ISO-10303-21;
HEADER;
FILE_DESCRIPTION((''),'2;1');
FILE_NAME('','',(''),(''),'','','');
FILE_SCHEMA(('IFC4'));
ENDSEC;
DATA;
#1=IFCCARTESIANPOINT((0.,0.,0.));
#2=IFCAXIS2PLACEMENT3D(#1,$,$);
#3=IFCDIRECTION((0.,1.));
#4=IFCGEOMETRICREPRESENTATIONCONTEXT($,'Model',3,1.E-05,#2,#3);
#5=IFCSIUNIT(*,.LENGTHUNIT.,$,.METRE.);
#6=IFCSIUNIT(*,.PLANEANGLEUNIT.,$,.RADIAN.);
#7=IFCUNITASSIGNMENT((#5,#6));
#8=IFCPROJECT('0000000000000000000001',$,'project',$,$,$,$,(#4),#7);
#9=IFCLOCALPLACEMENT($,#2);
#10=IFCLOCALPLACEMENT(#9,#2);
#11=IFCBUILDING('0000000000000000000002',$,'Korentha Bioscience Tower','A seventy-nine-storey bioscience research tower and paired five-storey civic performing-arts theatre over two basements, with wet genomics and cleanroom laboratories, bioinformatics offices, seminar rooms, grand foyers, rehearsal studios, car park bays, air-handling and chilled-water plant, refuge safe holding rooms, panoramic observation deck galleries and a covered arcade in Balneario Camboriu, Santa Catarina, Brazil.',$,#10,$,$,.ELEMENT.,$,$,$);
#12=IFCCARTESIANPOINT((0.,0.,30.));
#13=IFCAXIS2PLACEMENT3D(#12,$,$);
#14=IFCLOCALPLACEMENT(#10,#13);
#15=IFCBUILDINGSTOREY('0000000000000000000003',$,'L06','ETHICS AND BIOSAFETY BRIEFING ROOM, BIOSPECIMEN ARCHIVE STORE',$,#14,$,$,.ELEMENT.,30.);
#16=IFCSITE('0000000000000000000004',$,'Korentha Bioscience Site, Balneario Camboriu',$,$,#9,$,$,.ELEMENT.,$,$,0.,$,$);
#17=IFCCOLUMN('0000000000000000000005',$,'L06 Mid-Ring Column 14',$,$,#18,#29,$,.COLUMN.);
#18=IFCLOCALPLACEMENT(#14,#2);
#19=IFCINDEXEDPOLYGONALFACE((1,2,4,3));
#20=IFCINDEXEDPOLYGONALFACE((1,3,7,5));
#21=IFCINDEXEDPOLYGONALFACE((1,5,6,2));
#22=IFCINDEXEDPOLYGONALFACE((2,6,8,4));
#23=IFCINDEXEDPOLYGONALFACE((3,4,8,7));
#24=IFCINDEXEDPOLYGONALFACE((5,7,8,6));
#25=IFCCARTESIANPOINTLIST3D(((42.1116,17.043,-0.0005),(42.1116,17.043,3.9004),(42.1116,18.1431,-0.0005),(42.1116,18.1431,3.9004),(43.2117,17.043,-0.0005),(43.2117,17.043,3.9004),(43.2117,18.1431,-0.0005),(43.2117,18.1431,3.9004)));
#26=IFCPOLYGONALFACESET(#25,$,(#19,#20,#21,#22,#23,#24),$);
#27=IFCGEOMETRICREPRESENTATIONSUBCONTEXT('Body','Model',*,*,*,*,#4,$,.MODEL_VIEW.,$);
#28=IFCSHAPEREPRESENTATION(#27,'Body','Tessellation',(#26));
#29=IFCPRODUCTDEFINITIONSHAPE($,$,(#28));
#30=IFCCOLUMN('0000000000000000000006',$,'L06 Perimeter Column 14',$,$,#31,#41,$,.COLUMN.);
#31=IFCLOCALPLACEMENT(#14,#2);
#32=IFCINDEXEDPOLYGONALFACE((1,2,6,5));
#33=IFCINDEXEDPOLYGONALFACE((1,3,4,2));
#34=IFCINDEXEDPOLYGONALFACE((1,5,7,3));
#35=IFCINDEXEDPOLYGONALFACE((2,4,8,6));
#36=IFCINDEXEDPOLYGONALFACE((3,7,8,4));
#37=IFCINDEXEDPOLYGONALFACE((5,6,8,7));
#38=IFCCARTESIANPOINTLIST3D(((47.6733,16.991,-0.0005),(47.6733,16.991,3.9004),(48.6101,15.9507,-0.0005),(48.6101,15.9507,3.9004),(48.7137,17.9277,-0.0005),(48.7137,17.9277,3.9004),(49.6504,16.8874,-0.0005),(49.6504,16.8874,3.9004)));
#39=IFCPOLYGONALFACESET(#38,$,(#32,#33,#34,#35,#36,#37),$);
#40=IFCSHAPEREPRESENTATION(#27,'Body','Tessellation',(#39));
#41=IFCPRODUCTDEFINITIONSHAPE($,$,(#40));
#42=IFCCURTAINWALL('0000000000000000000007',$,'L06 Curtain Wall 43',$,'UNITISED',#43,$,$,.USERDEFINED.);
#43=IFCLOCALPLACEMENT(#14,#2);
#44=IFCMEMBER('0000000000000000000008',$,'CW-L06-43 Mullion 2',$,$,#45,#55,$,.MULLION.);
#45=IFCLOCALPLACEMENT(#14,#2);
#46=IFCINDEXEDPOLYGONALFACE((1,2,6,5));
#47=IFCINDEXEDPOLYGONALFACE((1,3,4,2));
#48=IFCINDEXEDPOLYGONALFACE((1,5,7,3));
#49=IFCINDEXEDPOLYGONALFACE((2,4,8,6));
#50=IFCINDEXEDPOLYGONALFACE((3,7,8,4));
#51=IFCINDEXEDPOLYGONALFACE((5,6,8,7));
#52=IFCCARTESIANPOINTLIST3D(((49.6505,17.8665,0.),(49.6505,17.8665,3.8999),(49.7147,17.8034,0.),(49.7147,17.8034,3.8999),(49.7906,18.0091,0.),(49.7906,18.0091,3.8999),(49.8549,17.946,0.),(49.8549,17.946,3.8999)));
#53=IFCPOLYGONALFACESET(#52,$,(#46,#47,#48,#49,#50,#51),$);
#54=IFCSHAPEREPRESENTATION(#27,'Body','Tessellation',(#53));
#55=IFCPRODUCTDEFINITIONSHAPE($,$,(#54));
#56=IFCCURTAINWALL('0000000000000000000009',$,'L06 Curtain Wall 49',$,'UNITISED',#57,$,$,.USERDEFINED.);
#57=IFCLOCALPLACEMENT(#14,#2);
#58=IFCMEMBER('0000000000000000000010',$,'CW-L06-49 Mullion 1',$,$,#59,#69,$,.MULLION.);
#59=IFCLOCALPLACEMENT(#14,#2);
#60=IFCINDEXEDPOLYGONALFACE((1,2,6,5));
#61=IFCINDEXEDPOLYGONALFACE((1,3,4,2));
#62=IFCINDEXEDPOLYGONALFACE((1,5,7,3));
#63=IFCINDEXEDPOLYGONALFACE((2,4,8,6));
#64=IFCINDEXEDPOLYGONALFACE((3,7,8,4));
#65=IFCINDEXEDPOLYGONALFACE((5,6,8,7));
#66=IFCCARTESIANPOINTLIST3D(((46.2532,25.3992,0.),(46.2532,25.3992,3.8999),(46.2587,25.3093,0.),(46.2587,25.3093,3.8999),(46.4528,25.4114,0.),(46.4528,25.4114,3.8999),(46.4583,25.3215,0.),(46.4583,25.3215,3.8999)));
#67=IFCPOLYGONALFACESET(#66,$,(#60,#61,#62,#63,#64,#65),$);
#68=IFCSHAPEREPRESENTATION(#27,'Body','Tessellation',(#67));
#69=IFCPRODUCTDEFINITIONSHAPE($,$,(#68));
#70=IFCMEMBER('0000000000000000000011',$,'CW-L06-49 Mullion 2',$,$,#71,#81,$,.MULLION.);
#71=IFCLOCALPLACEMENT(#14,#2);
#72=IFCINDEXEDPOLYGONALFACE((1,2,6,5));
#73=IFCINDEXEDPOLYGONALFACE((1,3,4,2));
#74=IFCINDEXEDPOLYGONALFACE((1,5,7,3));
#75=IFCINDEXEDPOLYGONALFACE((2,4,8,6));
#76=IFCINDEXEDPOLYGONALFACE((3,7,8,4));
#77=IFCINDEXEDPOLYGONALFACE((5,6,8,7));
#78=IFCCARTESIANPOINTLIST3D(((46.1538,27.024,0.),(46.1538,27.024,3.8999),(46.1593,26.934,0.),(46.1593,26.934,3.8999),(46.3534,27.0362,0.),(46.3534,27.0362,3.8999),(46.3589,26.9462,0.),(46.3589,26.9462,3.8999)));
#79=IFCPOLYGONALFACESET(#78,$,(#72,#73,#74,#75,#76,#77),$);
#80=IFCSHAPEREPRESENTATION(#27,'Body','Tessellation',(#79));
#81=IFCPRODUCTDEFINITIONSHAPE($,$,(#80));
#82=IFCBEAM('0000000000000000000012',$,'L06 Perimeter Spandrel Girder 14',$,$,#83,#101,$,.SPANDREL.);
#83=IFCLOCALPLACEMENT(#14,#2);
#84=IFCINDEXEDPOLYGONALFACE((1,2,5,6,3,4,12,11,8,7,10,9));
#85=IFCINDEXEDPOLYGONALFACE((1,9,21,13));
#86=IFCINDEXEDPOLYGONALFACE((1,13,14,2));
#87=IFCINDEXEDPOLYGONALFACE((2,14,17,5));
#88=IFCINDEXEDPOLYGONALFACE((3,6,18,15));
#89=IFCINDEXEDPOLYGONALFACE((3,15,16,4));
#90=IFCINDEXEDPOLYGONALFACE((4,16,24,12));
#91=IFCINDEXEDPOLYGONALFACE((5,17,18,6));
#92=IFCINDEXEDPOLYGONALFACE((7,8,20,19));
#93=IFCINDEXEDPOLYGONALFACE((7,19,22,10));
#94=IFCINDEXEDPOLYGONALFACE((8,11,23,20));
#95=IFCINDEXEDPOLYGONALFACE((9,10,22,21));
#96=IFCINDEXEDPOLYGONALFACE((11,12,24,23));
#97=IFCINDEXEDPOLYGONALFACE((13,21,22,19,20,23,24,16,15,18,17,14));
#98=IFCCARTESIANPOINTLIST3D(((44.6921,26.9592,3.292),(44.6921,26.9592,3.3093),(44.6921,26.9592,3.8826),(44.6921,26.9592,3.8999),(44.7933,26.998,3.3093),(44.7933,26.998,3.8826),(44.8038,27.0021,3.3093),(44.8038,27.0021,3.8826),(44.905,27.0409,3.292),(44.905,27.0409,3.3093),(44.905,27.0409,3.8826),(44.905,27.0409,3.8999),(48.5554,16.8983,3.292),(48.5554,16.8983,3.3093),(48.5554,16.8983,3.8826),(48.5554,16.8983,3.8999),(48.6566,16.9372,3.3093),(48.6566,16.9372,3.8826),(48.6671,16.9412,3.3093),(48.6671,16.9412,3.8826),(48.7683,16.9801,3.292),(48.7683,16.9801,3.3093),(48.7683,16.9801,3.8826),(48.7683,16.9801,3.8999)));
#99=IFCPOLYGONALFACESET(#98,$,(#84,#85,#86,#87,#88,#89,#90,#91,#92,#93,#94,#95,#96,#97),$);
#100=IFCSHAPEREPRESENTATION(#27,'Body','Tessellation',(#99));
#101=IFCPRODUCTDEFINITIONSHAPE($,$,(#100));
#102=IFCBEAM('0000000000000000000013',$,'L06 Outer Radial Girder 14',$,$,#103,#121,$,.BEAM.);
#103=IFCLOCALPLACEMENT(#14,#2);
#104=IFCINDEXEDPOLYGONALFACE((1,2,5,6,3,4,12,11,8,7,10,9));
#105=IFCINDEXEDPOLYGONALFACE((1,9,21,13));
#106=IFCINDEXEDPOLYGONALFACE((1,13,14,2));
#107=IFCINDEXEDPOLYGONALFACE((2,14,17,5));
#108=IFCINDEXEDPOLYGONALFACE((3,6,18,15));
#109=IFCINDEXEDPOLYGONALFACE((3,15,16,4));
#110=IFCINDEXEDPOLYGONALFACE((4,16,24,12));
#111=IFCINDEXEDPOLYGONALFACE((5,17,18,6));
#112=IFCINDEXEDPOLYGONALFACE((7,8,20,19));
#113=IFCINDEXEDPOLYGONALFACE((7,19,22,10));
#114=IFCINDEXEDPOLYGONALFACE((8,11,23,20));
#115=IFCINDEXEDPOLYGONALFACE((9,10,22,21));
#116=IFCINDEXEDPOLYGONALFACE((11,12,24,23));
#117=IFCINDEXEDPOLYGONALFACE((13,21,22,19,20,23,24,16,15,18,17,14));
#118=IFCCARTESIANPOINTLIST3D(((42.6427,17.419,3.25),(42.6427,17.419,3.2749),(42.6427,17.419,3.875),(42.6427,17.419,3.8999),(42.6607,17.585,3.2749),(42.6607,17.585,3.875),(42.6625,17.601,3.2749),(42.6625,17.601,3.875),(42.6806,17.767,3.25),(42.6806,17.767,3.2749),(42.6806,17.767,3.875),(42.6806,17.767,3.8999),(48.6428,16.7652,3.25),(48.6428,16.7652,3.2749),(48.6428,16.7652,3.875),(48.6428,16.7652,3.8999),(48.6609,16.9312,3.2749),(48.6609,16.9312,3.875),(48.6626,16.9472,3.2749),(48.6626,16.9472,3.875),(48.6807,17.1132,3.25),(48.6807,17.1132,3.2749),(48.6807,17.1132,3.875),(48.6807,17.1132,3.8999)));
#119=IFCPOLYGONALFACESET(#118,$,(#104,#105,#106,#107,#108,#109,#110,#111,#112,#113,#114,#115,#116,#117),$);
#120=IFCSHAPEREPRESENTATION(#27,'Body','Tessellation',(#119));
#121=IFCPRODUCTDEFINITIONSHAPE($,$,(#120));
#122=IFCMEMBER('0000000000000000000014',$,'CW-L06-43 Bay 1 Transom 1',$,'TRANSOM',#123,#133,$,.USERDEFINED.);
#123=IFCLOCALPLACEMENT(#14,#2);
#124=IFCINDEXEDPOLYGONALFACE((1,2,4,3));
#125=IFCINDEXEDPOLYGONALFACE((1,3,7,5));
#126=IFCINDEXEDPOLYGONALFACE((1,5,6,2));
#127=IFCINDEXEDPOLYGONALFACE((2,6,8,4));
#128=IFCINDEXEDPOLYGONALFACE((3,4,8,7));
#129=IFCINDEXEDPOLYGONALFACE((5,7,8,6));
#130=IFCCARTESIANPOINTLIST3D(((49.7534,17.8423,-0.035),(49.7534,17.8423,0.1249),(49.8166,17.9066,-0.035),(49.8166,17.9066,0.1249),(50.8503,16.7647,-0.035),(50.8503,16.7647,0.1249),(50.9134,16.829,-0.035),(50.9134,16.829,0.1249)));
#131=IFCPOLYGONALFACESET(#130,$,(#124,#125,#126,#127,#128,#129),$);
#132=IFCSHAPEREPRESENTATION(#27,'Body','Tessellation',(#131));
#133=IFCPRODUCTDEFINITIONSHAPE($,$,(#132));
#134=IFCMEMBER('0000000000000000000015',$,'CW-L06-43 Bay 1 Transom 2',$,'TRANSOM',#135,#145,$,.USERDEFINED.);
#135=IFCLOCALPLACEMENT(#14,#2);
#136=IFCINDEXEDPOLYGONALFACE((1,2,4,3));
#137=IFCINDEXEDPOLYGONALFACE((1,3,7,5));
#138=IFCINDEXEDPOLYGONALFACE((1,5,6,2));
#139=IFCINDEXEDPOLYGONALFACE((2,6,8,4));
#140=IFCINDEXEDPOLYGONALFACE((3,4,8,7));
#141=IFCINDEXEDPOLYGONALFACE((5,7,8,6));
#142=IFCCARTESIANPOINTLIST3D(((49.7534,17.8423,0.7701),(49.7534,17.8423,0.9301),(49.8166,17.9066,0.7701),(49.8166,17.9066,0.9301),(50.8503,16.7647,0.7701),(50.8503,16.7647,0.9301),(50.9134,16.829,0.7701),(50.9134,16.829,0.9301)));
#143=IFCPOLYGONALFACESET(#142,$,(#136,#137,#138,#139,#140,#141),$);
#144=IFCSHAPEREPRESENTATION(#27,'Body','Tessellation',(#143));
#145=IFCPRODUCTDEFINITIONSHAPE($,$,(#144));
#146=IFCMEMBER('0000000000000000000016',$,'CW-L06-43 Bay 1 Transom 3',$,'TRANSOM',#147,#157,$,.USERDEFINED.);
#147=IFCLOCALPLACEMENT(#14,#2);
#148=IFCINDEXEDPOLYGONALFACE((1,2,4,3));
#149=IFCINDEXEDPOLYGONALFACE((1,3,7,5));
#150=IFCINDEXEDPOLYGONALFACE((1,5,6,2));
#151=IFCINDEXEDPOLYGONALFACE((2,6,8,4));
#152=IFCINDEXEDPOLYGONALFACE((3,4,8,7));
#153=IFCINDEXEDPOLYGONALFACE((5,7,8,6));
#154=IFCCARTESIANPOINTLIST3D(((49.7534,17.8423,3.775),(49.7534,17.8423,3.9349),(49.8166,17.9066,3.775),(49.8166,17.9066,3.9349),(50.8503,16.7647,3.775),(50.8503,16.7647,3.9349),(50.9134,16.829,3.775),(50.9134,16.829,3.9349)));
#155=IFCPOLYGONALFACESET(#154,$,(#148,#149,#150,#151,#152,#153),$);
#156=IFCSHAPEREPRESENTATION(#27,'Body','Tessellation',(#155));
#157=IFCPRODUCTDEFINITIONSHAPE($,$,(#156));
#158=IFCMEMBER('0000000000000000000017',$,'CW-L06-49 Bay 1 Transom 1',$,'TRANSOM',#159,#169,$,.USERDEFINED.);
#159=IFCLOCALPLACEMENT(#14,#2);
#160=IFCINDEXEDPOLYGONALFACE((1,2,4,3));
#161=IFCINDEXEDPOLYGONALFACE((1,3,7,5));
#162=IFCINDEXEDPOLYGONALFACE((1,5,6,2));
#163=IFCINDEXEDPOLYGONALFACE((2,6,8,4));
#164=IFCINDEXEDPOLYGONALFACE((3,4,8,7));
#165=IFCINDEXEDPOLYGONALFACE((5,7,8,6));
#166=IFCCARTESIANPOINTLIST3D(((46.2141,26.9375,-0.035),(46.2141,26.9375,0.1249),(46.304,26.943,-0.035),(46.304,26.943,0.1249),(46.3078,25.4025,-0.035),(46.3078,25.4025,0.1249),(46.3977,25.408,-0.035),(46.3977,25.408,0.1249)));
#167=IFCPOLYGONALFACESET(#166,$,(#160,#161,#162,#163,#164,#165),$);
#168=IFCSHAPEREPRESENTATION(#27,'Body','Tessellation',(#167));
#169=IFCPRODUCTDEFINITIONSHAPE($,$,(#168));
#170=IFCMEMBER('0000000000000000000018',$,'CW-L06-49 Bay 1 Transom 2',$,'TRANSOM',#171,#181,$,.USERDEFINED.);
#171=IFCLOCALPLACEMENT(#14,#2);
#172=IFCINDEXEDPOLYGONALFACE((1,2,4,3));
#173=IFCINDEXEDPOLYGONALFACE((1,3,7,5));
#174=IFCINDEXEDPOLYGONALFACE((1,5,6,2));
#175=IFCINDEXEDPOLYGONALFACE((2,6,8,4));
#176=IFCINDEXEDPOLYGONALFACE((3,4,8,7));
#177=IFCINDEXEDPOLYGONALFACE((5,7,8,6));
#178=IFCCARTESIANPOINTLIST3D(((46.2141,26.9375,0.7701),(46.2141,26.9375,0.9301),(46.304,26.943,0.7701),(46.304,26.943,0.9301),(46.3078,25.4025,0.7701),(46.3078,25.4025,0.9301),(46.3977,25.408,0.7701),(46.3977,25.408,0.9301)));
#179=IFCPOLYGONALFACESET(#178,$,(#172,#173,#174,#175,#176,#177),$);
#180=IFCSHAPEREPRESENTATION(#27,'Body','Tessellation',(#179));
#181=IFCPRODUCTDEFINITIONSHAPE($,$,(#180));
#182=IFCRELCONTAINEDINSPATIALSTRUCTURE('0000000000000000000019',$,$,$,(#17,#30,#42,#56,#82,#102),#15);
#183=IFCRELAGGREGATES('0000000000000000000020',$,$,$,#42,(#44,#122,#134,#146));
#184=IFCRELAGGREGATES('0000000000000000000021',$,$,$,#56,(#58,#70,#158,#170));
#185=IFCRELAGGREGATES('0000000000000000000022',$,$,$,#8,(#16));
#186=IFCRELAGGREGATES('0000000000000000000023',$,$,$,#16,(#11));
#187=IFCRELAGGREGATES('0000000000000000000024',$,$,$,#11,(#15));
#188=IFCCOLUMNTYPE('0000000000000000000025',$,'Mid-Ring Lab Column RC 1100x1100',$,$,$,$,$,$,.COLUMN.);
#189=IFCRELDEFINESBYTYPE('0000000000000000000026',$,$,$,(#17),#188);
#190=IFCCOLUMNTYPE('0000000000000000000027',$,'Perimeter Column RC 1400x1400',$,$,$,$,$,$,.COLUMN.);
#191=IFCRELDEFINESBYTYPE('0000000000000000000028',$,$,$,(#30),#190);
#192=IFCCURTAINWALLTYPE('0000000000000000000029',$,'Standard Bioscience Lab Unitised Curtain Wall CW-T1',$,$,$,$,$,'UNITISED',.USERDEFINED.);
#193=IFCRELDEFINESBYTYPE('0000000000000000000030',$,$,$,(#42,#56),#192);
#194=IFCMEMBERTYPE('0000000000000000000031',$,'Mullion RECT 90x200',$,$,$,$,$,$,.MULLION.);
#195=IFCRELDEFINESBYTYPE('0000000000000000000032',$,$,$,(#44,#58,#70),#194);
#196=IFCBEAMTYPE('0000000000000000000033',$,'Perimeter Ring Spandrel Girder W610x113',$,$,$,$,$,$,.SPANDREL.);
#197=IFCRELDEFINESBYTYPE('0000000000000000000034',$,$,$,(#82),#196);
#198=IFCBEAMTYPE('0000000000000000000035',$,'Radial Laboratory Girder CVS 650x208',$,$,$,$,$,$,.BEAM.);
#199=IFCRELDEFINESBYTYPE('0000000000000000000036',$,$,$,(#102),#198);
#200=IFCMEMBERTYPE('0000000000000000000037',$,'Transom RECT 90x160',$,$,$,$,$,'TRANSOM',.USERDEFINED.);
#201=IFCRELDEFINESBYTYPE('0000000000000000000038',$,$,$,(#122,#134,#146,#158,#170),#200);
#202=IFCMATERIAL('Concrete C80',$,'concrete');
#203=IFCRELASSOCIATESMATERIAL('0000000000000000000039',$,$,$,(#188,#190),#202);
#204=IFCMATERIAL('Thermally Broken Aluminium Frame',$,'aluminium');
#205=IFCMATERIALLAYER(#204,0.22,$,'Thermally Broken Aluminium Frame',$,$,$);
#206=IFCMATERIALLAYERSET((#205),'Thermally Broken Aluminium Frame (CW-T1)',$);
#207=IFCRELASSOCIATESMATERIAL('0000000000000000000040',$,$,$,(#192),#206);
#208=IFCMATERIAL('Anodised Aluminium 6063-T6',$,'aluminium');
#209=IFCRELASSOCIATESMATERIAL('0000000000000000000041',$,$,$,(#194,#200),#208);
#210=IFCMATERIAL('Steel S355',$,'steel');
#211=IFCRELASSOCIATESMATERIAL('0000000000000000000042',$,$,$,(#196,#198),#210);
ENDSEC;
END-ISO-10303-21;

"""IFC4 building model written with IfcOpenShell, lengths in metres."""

from ifc_helpers import new_model, si_unit, direction, frame, origin, origin_2d, place, context, subcontext, project, spatial, rectangle, i_section, extrude, material, layer, layer_set, material_profile, profile_set, type_object, element, aggregate, save


model = new_model("IFC4")

# Units and contexts
model_context = context("Model", 3, precision=1e-05, world=origin(), true_north=direction((0.0, 1.0)))
body_context = subcontext(model_context, "Body", "Model", "MODEL_VIEW")
ifc_project = project(units=[si_unit("LENGTHUNIT", "METRE"), si_unit("PLANEANGLEUNIT", "RADIAN")], contexts=[model_context])

# Site, building, storey
site_placement = place(None, origin())
site = spatial("IfcSite", under=ifc_project, at=site_placement, Name="Korentha Bioscience Site, Balneario Camboriu", CompositionType="ELEMENT", RefElevation=0.0)
building_placement = place(site_placement, origin())
building = spatial("IfcBuilding", under=site, at=building_placement, Name="Korentha Bioscience Tower", Description="A seventy-nine-storey bioscience research tower and paired five-storey civic performing-arts theatre over two basements, with wet genomics and cleanroom laboratories, bioinformatics offices, seminar rooms, grand foyers, rehearsal studios, car park bays, air-handling and chilled-water plant, refuge safe holding rooms, panoramic observation deck galleries and a covered arcade in Balneario Camboriu, Santa Catarina, Brazil.", CompositionType="ELEMENT")
storey_placement = place(building_placement, frame((0.0, 0.0, 30.0)))
storey = spatial("IfcBuildingStorey", under=building, at=storey_placement, Name="L06", Description="ETHICS AND BIOSAFETY BRIEFING ROOM, BIOSPECIMEN ARCHIVE STORE", CompositionType="ELEMENT", Elevation=30.0)

# Columns
ifc_material_1 = material(Name="Concrete C80", Category="concrete")
ifc_material_profile_1 = material_profile(ifc_material_1, rectangle(XDim=1.1001, YDim=1.1001, at=origin_2d()), Name="Concrete C80")
ifc_profile_set_1 = profile_set([ifc_material_profile_1], Name="Concrete C80 (COL-MR11)")
column_type_1 = type_object("IfcColumnType", Name="Mid-Ring Lab Column RC 1100x1100", PredefinedType="COLUMN", material=ifc_profile_set_1)
column_1_placement = place(storey_placement, frame((42.6616, 17.593, -0.0005), z_axis=(0.0, 0.0, 1.0), x_axis=(1.0, 0.0, 0.0)))
element("IfcColumn", 1, at=column_1_placement, inside=storey, type_object=column_type_1, Name="L06 Mid-Ring Column 14", PredefinedType="COLUMN", context=body_context, shape_type="SweptSolid", body=[
    extrude(rectangle(XDim=1.1001, YDim=1.1001, at=origin_2d()), origin(), (0.0, 0.0, 1.0), 3.9009),
])
ifc_material_profile_2 = material_profile(ifc_material_1, rectangle(XDim=1.3999, YDim=1.3999, at=origin_2d()), Name="Concrete C80")
ifc_profile_set_2 = profile_set([ifc_material_profile_2], Name="Concrete C80 (COL-P14)")
column_type_2 = type_object("IfcColumnType", Name="Perimeter Column RC 1400x1400", PredefinedType="COLUMN", material=ifc_profile_set_2)
column_2_placement = place(storey_placement, frame((48.6619, 16.9392, -0.0005), z_axis=(0.0, 0.0, 1.0), x_axis=(-0.669131, 0.743145, 0.0)))
element("IfcColumn", 2, at=column_2_placement, inside=storey, type_object=column_type_2, Name="L06 Perimeter Column 14", PredefinedType="COLUMN", context=body_context, shape_type="SweptSolid", body=[
    extrude(rectangle(XDim=1.3999, YDim=1.3999, at=origin_2d()), origin(), (0.0, 0.0, 1.0), 3.9009),
])

# Curtain wall, member
ifc_material_2 = material(Name="Thermally Broken Aluminium Frame", Category="aluminium")
ifc_layer_1 = layer(ifc_material_2, 0.22, Name="Thermally Broken Aluminium Frame")
ifc_layer_set_1 = layer_set([ifc_layer_1], Name="Thermally Broken Aluminium Frame (CW-T1)")
curtain_wall_type = type_object("IfcCurtainWallType", Name="Standard Bioscience Lab Unitised Curtain Wall CW-T1", ElementType="UNITISED", PredefinedType="USERDEFINED", material=ifc_layer_set_1)
curtain_wall_1_placement = place(storey_placement, origin())
curtain_wall_1 = element("IfcCurtainWall", 3, at=curtain_wall_1_placement, inside=storey, type_object=curtain_wall_type, Name="L06 Curtain Wall 43", ObjectType="UNITISED", PredefinedType="USERDEFINED")
ifc_material_3 = material(Name="Anodised Aluminium 6063-T6", Category="aluminium")
ifc_material_profile_3 = material_profile(ifc_material_3, rectangle(XDim=0.0901, YDim=0.2, at=origin_2d()), Name="Anodised Aluminium 6063-T6")
ifc_profile_set_3 = profile_set([ifc_material_profile_3], Name="Anodised Aluminium 6063-T6 (CW-MUL)")
member_type_1 = type_object("IfcMemberType", Name="Mullion RECT 90x200", PredefinedType="MULLION", material=ifc_profile_set_3)
member_1_placement = place(storey_placement, frame((49.7527, 17.9062, 0.0), z_axis=(0.0, 0.0, 1.0), x_axis=(-0.713279, 0.70088, 0.0)))
member_1 = element("IfcMember", 4, at=member_1_placement, type_object=member_type_1, Name="CW-L06-43 Mullion 2", PredefinedType="MULLION", context=body_context, shape_type="SweptSolid", body=[
    extrude(rectangle(XDim=0.0901, YDim=0.2, at=origin_2d()), origin(), (0.0, 0.0, 1.0), 3.8999),
])

# Curtain wall, members
curtain_wall_2_placement = place(storey_placement, origin())
curtain_wall_2 = element("IfcCurtainWall", 5, at=curtain_wall_2_placement, inside=storey, type_object=curtain_wall_type, Name="L06 Curtain Wall 49", ObjectType="UNITISED", PredefinedType="USERDEFINED")
member_2_placement = place(storey_placement, frame((46.3557, 25.3604, 0.0), z_axis=(0.0, 0.0, 1.0), x_axis=(-0.061008, 0.998137, 0.0)))
member_2 = element("IfcMember", 6, at=member_2_placement, type_object=member_type_1, Name="CW-L06-49 Mullion 1", PredefinedType="MULLION", context=body_context, shape_type="SweptSolid", body=[
    extrude(rectangle(XDim=0.0901, YDim=0.2, at=origin_2d()), origin(), (0.0, 0.0, 1.0), 3.8999),
])
member_3_placement = place(storey_placement, frame((46.2563, 26.9851, 0.0), z_axis=(0.0, 0.0, 1.0), x_axis=(-0.061008, 0.998137, 0.0)))
member_3 = element("IfcMember", 7, at=member_3_placement, type_object=member_type_1, Name="CW-L06-49 Mullion 2", PredefinedType="MULLION", context=body_context, shape_type="SweptSolid", body=[
    extrude(rectangle(XDim=0.0901, YDim=0.2, at=origin_2d()), origin(), (0.0, 0.0, 1.0), 3.8999),
])

# Beams
ifc_material_4 = material(Name="Steel S355", Category="steel")
ifc_material_profile_4 = material_profile(ifc_material_4, i_section(OverallWidth=0.228, OverallDepth=0.6079, WebThickness=0.0112, FlangeThickness=0.0173, at=origin_2d()), Name="Steel S355")
ifc_profile_set_4 = profile_set([ifc_material_profile_4], Name="Steel S355 (SB-610)")
beam_type_1 = type_object("IfcBeamType", Name="Perimeter Ring Spandrel Girder W610x113", PredefinedType="SPANDREL", material=ifc_profile_set_4)
beam_1_placement = place(storey_placement, frame((48.6619, 16.9392, 3.5959), z_axis=(-0.358474, 0.93354, 0.0), x_axis=(-0.93354, -0.358474, 0.0)))
element("IfcBeam", 8, at=beam_1_placement, inside=storey, type_object=beam_type_1, Name="L06 Perimeter Spandrel Girder 14", PredefinedType="SPANDREL", context=body_context, shape_type="SweptSolid", body=[
    extrude(i_section(OverallWidth=0.228, OverallDepth=0.6079, WebThickness=0.0112, FlangeThickness=0.0173, at=origin_2d()), origin(), (0.0, 0.0, 1.0), 10.7771),
])
ifc_material_profile_5 = material_profile(ifc_material_4, i_section(OverallWidth=0.3501, OverallDepth=0.6499, WebThickness=0.0161, FlangeThickness=0.0249, at=origin_2d()), Name="Steel S355")
ifc_profile_set_5 = profile_set([ifc_material_profile_5], Name="Steel S355 (RB-650)")
beam_type_2 = type_object("IfcBeamType", Name="Radial Laboratory Girder CVS 650x208", PredefinedType="BEAM", material=ifc_profile_set_5)
beam_2_placement = place(storey_placement, frame((42.6616, 17.593, 3.575), z_axis=(0.994116, -0.108323, 0.0), x_axis=(0.108323, 0.994116, 0.0)))
element("IfcBeam", 9, at=beam_2_placement, inside=storey, type_object=beam_type_2, Name="L06 Outer Radial Girder 14", PredefinedType="BEAM", context=body_context, shape_type="SweptSolid", body=[
    extrude(i_section(OverallWidth=0.3501, OverallDepth=0.6499, WebThickness=0.0161, FlangeThickness=0.0249, at=origin_2d()), origin(), (0.0, 0.0, 1.0), 6.0356),
])

# Members
ifc_material_profile_6 = material_profile(ifc_material_3, rectangle(XDim=0.0901, YDim=0.1599, at=origin_2d()), Name="Anodised Aluminium 6063-T6")
ifc_profile_set_6 = profile_set([ifc_material_profile_6], Name="Anodised Aluminium 6063-T6 (CW-TRN)")
member_type_2 = type_object("IfcMemberType", Name="Transom RECT 90x160", ElementType="TRANSOM", PredefinedType="USERDEFINED", material=ifc_profile_set_6)
member_4_placement = place(storey_placement, frame((50.8818, 16.7969, 0.0449), z_axis=(-0.71335, 0.700808, 0.0), x_axis=(-0.700808, -0.71335, 0.0)))
member_4 = element("IfcMember", 10, at=member_4_placement, type_object=member_type_2, Name="CW-L06-43 Bay 1 Transom 1", ObjectType="TRANSOM", PredefinedType="USERDEFINED", context=body_context, shape_type="SweptSolid", body=[
    extrude(rectangle(XDim=0.0901, YDim=0.1599, at=origin_2d()), origin(), (0.0, 0.0, 1.0), 1.5376),
])
member_5_placement = place(storey_placement, frame((50.8818, 16.7969, 0.8501), z_axis=(-0.71335, 0.700808, 0.0), x_axis=(-0.700808, -0.71335, 0.0)))
member_5 = element("IfcMember", 11, at=member_5_placement, type_object=member_type_2, Name="CW-L06-43 Bay 1 Transom 2", ObjectType="TRANSOM", PredefinedType="USERDEFINED", context=body_context, shape_type="SweptSolid", body=[
    extrude(rectangle(XDim=0.0901, YDim=0.1599, at=origin_2d()), origin(), (0.0, 0.0, 1.0), 1.5376),
])
member_6_placement = place(storey_placement, frame((50.8818, 16.7969, 3.855), z_axis=(-0.71335, 0.700808, 0.0), x_axis=(-0.700808, -0.71335, 0.0)))
member_6 = element("IfcMember", 12, at=member_6_placement, type_object=member_type_2, Name="CW-L06-43 Bay 1 Transom 3", ObjectType="TRANSOM", PredefinedType="USERDEFINED", context=body_context, shape_type="SweptSolid", body=[
    extrude(rectangle(XDim=0.0901, YDim=0.1599, at=origin_2d()), origin(), (0.0, 0.0, 1.0), 1.5376),
])
member_7_placement = place(storey_placement, frame((46.3528, 25.4053, 0.0449), z_axis=(-0.060965, 0.99814, 0.0), x_axis=(-0.99814, -0.060965, 0.0)))
member_7 = element("IfcMember", 13, at=member_7_placement, type_object=member_type_2, Name="CW-L06-49 Bay 1 Transom 1", ObjectType="TRANSOM", PredefinedType="USERDEFINED", context=body_context, shape_type="SweptSolid", body=[
    extrude(rectangle(XDim=0.0901, YDim=0.1599, at=origin_2d()), origin(), (0.0, 0.0, 1.0), 1.5378),
])
member_8_placement = place(storey_placement, frame((46.3528, 25.4053, 0.8501), z_axis=(-0.060965, 0.99814, 0.0), x_axis=(-0.99814, -0.060965, 0.0)))
member_8 = element("IfcMember", 14, at=member_8_placement, type_object=member_type_2, Name="CW-L06-49 Bay 1 Transom 2", ObjectType="TRANSOM", PredefinedType="USERDEFINED", context=body_context, shape_type="SweptSolid", body=[
    extrude(rectangle(XDim=0.0901, YDim=0.1599, at=origin_2d()), origin(), (0.0, 0.0, 1.0), 1.5378),
])

aggregate(curtain_wall_1, [member_1, member_4, member_5, member_6])
aggregate(curtain_wall_2, [member_2, member_3, member_7, member_8])

save(model, "model.ifc")
